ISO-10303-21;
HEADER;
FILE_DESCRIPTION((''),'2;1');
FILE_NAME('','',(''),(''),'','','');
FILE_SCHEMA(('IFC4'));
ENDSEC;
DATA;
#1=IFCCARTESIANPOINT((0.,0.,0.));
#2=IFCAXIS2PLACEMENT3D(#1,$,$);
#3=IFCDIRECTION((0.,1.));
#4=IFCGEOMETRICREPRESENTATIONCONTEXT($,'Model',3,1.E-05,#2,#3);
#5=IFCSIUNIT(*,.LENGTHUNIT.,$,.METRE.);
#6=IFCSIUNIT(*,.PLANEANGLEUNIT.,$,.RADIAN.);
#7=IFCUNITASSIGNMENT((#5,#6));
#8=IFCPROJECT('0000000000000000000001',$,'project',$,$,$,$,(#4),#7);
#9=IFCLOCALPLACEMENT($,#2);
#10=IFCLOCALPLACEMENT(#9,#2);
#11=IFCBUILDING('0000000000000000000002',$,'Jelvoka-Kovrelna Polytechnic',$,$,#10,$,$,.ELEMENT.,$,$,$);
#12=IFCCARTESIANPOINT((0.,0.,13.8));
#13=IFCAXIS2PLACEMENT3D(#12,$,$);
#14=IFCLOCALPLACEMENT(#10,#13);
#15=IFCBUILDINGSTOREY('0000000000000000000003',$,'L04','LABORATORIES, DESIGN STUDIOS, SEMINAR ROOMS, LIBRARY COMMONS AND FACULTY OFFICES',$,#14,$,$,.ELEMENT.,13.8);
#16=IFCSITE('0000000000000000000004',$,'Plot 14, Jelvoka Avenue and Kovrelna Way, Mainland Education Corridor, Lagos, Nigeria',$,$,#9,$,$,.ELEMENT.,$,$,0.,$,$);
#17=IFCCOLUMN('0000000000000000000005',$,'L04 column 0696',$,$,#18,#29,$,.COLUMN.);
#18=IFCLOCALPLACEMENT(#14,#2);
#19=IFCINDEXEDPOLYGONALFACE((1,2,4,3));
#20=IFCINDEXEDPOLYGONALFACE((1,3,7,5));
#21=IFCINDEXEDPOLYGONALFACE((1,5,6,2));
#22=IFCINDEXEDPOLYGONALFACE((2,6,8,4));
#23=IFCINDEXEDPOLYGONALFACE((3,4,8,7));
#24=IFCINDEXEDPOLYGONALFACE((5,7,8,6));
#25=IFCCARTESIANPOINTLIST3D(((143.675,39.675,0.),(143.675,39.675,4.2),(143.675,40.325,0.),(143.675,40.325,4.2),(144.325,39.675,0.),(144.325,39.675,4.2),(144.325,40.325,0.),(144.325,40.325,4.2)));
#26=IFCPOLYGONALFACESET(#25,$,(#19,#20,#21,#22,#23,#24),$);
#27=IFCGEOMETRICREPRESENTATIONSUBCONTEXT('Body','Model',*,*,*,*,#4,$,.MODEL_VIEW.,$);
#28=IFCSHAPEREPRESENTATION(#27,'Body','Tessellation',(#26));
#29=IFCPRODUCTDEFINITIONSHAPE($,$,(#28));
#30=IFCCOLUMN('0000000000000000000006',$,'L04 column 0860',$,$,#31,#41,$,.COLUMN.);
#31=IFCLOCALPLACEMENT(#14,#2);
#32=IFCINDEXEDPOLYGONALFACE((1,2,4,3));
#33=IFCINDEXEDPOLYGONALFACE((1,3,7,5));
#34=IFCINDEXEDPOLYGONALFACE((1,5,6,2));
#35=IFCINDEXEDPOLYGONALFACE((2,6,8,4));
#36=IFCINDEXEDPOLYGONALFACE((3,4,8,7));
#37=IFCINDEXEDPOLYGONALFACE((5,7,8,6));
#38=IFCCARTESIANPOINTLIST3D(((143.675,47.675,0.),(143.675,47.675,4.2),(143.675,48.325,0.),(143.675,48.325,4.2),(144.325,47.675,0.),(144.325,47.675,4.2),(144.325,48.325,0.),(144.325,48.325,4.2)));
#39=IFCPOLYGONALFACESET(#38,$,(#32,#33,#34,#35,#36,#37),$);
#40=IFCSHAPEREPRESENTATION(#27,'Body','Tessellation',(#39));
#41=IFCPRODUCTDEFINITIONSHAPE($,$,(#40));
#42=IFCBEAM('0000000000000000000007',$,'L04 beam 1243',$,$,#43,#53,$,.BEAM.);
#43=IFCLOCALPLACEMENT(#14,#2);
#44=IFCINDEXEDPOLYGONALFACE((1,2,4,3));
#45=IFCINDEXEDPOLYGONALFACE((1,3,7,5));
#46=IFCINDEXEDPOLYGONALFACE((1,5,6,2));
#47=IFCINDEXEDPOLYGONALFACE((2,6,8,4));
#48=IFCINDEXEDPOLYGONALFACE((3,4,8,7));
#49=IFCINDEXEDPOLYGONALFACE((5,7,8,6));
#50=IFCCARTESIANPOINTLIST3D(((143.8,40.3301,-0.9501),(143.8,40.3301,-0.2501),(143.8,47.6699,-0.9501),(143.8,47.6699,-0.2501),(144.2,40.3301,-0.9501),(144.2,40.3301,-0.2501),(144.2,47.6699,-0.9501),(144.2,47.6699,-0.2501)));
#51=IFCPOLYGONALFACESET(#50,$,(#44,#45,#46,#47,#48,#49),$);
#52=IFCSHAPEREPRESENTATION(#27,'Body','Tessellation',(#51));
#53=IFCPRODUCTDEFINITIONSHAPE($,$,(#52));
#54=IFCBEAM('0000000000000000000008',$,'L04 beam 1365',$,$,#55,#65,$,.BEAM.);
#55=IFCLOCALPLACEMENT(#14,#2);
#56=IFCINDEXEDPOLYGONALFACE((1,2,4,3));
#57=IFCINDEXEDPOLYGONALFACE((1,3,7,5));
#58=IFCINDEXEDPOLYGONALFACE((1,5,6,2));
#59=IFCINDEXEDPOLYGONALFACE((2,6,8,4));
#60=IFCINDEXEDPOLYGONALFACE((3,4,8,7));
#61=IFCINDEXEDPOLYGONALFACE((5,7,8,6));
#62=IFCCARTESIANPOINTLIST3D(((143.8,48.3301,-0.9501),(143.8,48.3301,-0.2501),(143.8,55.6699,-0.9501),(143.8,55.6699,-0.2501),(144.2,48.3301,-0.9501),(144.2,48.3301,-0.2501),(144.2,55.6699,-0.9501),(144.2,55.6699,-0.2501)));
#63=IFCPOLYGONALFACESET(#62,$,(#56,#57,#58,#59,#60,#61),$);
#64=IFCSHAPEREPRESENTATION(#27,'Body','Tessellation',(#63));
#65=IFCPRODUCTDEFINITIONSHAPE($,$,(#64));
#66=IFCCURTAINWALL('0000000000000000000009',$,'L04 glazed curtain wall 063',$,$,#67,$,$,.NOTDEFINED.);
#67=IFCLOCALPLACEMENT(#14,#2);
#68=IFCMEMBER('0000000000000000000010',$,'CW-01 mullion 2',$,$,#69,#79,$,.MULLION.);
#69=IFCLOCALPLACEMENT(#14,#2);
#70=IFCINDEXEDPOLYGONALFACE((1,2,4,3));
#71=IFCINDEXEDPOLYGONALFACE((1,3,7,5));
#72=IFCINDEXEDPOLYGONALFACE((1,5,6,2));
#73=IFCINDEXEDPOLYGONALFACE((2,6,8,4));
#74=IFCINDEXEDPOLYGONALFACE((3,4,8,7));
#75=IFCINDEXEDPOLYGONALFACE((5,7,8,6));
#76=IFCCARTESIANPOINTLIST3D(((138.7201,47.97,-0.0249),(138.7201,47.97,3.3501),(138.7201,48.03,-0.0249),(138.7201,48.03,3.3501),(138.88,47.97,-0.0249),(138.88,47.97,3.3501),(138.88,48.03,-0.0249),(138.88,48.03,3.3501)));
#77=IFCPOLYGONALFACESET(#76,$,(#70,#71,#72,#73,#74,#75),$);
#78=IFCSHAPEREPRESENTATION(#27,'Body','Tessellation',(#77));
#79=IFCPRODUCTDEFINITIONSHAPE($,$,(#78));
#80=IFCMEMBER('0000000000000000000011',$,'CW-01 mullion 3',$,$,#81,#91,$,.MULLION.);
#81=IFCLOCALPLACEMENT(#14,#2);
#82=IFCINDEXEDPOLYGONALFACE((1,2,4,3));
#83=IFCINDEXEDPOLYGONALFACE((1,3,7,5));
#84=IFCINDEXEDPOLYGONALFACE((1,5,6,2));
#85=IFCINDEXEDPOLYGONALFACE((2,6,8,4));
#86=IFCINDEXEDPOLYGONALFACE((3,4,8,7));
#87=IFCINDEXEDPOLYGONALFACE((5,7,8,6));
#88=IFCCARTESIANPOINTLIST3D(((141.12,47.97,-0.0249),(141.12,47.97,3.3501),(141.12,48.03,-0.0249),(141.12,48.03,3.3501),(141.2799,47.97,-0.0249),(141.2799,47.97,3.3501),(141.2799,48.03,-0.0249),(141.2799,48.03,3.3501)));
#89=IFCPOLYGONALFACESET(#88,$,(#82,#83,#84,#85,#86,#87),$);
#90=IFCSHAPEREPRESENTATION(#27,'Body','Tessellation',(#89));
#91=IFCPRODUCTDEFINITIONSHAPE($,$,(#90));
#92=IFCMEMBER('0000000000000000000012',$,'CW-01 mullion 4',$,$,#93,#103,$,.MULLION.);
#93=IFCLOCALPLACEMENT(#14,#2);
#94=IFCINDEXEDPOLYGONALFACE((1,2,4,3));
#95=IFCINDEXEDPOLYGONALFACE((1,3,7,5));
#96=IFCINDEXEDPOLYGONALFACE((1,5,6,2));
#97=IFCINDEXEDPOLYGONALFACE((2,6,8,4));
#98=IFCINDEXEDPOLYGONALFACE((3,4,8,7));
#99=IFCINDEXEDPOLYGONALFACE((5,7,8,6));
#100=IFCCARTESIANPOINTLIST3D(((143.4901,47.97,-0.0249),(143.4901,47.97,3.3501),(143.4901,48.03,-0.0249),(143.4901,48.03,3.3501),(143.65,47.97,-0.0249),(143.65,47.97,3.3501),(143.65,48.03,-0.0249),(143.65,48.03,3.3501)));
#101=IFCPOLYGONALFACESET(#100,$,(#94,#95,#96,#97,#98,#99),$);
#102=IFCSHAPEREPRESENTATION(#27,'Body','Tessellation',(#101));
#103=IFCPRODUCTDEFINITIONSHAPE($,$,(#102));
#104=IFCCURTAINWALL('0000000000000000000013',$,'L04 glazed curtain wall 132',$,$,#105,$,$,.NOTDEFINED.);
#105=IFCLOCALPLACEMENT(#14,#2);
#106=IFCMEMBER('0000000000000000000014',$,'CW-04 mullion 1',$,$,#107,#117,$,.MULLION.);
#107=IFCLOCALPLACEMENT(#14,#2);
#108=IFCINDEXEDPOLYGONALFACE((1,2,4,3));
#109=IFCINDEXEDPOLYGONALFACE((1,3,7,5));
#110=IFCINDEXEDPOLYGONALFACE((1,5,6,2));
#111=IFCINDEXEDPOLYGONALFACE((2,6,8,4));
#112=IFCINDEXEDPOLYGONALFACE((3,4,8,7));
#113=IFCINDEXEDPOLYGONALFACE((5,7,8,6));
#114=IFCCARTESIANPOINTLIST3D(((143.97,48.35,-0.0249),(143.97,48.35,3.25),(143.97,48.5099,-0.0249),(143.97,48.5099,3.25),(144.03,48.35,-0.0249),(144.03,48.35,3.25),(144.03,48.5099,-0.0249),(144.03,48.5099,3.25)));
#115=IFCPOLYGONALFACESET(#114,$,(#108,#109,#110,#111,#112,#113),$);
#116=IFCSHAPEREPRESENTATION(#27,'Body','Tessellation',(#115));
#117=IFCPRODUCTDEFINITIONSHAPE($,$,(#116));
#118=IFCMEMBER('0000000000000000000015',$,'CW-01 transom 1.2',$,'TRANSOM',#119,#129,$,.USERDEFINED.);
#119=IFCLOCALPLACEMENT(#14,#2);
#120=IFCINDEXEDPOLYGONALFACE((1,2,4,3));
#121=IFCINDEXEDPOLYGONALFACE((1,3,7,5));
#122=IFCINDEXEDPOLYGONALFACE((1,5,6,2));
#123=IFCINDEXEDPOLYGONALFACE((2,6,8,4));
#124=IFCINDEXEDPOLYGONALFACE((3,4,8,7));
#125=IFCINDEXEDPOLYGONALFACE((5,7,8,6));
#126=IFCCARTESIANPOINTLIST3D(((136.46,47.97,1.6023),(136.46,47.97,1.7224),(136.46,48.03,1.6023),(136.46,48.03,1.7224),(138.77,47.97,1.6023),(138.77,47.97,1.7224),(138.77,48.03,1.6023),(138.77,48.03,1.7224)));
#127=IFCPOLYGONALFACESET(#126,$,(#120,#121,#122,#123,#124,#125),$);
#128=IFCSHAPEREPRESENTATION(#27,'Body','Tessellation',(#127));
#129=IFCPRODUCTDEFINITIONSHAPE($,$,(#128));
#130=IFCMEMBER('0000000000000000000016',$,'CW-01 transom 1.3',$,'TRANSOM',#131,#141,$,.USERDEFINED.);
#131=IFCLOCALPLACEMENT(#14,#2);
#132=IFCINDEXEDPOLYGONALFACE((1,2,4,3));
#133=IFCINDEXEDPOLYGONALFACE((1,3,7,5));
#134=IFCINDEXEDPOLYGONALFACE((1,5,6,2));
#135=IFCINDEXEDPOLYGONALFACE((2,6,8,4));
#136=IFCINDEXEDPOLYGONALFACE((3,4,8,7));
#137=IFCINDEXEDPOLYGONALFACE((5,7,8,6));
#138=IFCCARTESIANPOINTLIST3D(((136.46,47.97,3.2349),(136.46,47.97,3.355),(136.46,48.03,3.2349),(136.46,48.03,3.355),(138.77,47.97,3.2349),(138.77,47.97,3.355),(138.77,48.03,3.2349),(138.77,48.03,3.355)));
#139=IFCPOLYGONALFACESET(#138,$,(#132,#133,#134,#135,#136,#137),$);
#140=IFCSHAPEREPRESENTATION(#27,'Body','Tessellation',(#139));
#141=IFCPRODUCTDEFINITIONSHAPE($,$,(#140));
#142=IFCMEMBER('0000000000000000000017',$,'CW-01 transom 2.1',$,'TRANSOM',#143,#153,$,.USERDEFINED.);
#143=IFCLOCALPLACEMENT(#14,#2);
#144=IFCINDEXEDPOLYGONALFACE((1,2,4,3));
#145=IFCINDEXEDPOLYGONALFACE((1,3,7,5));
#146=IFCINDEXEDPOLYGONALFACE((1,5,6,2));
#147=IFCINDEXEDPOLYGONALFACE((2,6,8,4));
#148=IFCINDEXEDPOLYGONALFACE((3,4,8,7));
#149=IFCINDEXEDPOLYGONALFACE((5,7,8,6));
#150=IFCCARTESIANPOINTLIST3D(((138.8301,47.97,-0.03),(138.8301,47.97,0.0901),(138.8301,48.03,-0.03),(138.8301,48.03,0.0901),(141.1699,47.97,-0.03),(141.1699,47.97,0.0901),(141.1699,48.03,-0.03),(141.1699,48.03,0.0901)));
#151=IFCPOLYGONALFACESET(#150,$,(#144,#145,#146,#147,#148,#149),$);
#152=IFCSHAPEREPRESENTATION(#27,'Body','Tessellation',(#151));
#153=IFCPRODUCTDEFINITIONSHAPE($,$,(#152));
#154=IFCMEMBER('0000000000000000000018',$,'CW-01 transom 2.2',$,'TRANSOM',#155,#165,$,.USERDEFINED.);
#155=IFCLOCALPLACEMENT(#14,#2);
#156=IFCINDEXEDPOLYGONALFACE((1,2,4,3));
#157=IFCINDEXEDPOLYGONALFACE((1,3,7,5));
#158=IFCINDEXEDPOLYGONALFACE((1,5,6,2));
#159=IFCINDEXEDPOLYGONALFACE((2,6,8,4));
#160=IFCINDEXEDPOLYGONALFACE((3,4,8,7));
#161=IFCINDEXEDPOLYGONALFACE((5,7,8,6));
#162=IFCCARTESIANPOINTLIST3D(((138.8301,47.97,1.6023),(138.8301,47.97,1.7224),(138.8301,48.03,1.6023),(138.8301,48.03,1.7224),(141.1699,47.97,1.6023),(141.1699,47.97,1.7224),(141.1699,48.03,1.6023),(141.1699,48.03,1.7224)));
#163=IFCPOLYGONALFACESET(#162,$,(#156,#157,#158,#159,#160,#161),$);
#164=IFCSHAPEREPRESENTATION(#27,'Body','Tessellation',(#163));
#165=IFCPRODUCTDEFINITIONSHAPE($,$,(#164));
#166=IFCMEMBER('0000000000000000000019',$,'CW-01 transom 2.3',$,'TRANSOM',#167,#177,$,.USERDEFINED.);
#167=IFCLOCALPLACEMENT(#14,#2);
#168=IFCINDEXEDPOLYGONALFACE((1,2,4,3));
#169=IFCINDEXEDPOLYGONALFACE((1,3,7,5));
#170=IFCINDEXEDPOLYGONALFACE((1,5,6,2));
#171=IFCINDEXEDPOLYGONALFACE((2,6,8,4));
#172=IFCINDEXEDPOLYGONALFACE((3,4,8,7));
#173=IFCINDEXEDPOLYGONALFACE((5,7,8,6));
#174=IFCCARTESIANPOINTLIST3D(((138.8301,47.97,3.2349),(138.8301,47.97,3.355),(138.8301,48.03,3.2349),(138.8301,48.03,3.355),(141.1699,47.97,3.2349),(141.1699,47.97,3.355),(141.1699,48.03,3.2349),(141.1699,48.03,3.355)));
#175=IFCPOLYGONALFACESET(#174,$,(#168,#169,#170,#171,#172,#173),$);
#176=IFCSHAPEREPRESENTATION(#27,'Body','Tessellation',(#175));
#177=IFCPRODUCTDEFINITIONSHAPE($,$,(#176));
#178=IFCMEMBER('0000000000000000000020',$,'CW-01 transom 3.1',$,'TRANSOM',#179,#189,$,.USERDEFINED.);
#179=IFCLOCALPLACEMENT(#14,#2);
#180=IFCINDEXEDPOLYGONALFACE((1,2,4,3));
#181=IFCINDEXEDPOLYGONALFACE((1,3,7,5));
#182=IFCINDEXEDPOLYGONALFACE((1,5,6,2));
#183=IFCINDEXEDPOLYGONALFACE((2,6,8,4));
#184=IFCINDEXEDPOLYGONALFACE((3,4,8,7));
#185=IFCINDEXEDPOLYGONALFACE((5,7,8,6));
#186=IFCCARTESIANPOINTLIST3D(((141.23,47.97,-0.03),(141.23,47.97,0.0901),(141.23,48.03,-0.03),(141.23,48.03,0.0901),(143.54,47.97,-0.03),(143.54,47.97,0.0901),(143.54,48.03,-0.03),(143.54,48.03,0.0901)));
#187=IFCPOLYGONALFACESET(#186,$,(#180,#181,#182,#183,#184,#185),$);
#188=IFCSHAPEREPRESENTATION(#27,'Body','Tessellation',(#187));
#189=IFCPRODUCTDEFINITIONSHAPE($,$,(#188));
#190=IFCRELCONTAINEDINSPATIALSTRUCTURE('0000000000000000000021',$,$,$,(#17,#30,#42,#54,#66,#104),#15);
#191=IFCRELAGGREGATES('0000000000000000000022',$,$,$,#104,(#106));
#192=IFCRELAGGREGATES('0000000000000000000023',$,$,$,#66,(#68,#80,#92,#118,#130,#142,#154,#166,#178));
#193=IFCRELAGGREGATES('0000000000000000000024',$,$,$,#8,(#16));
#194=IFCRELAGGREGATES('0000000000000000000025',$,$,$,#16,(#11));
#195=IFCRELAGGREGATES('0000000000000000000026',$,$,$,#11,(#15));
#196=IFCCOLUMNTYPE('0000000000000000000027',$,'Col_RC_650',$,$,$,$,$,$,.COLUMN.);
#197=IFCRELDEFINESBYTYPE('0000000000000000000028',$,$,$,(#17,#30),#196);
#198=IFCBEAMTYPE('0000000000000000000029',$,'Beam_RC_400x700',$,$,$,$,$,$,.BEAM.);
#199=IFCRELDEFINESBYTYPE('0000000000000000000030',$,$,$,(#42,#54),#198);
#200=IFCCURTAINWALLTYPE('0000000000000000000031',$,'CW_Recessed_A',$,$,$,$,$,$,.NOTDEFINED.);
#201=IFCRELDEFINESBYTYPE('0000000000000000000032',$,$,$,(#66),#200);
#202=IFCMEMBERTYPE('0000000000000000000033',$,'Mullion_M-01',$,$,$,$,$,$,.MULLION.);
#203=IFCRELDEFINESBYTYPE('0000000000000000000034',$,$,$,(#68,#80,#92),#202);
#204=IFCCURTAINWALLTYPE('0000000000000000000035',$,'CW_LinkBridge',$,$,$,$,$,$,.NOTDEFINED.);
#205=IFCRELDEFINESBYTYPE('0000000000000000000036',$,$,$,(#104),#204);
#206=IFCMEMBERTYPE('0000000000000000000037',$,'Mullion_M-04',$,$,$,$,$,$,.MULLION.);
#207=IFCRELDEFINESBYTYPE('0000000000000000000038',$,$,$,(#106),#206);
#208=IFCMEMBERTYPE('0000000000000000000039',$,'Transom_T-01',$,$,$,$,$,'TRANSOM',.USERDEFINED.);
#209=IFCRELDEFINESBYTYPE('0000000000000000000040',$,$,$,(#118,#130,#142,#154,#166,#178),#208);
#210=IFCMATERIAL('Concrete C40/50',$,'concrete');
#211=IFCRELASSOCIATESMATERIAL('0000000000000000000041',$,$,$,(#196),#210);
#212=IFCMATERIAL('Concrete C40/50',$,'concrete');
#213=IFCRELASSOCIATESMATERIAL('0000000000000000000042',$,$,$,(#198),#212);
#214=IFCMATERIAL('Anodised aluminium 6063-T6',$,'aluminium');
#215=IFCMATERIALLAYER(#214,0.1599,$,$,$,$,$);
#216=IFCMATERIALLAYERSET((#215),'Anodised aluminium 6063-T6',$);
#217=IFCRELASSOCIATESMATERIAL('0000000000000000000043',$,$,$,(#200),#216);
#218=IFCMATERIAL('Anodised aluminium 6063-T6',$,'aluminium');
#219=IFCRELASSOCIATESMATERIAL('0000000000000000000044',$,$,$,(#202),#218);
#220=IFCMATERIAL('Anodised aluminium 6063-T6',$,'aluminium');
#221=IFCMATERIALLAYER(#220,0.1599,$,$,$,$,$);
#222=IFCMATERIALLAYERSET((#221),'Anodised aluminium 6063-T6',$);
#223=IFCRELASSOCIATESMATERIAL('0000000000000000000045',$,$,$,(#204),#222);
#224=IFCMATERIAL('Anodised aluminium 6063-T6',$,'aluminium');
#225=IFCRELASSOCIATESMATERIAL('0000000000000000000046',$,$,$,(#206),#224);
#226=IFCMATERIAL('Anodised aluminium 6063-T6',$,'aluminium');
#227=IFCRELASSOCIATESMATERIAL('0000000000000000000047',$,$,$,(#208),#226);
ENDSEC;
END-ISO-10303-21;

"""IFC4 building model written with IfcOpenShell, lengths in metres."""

from ifc_helpers import new_model, si_unit, direction, frame, origin, origin_2d, place, context, subcontext, project, spatial, rectangle, extrude, material, layer, layer_set, material_profile, profile_set, type_object, element, aggregate, save


model = new_model("IFC4")

# Units and contexts
model_context = context("Model", 3, precision=1e-05, world=origin(), true_north=direction((0.0, 1.0)))
body_context = subcontext(model_context, "Body", "Model", "MODEL_VIEW")
ifc_project = project(units=[si_unit("LENGTHUNIT", "METRE"), si_unit("PLANEANGLEUNIT", "RADIAN")], contexts=[model_context])

# Site, building, storey
site_placement = place(None, origin())
site = spatial("IfcSite", under=ifc_project, at=site_placement, Name="Plot 14, Jelvoka Avenue and Kovrelna Way, Mainland Education Corridor, Lagos, Nigeria", CompositionType="ELEMENT", RefElevation=0.0)
building_placement = place(site_placement, origin())
building = spatial("IfcBuilding", under=site, at=building_placement, Name="Jelvoka-Kovrelna Polytechnic", CompositionType="ELEMENT")
storey_placement = place(building_placement, frame((0.0, 0.0, 13.8)))
storey = spatial("IfcBuildingStorey", under=building, at=storey_placement, Name="L04", Description="LABORATORIES, DESIGN STUDIOS, SEMINAR ROOMS, LIBRARY COMMONS AND FACULTY OFFICES", CompositionType="ELEMENT", Elevation=13.8)

# Columns
ifc_material_1 = material(Name="Concrete C40/50", Category="concrete")
ifc_material_profile_1 = material_profile(ifc_material_1, rectangle(XDim=0.6499, YDim=0.6499, at=origin_2d()), Name="RC 650x650")
ifc_profile_set_1 = profile_set([ifc_material_profile_1], Name="Concrete C40/50")
column_type = type_object("IfcColumnType", Name="Col_RC_650", PredefinedType="COLUMN", material=ifc_profile_set_1)
for number, where, z_axis, x_axis, name in (
    (1, (144.0, 40.0, 0.0), (0.0, 0.0, 1.0), (1.0, 0.0, 0.0), "L04 column 0696"),
    (2, (144.0, 48.0, 0.0), (0.0, 0.0, 1.0), (1.0, 0.0, 0.0), "L04 column 0860"),
):
    element("IfcColumn", number, at=place(storey_placement, frame(where, z_axis=z_axis, x_axis=x_axis)), inside=storey, type_object=column_type, Name=name, PredefinedType="COLUMN", context=body_context, shape_type="SweptSolid", body=[
        extrude(rectangle(XDim=0.6499, YDim=0.6499, at=origin_2d()), origin(), (0.0, 0.0, 1.0), 4.2),
    ])

# Beams
ifc_material_2 = material(Name="Concrete C40/50", Category="concrete")
ifc_material_profile_2 = material_profile(ifc_material_2, rectangle(XDim=0.3999, YDim=0.7, at=origin_2d()), Name="RC 400x700")
ifc_profile_set_2 = profile_set([ifc_material_profile_2], Name="Concrete C40/50")
beam_type = type_object("IfcBeamType", Name="Beam_RC_400x700", PredefinedType="BEAM", material=ifc_profile_set_2)
for number, where, z_axis, x_axis, name in (
    (3, (144.0, 40.3301, -0.6001), (0.0, 1.0, 0.0), (-1.0, 0.0, 0.0), "L04 beam 1243"),
    (4, (144.0, 48.3301, -0.6001), (0.0, 1.0, 0.0), (-1.0, 0.0, 0.0), "L04 beam 1365"),
):
    element("IfcBeam", number, at=place(storey_placement, frame(where, z_axis=z_axis, x_axis=x_axis)), inside=storey, type_object=beam_type, Name=name, PredefinedType="BEAM", context=body_context, shape_type="SweptSolid", body=[
        extrude(rectangle(XDim=0.3999, YDim=0.7, at=origin_2d()), origin(), (0.0, 0.0, 1.0), 7.3398),
    ])

# Curtain wall, members
ifc_material_3 = material(Name="Anodised aluminium 6063-T6", Category="aluminium")
ifc_layer_1 = layer(ifc_material_3, 0.1599)
ifc_layer_set_1 = layer_set([ifc_layer_1], Name="Anodised aluminium 6063-T6")
curtain_wall_type_1 = type_object("IfcCurtainWallType", Name="CW_Recessed_A", PredefinedType="NOTDEFINED", material=ifc_layer_set_1)
curtain_wall_1_placement = place(storey_placement, origin())
curtain_wall_1 = element("IfcCurtainWall", 5, at=curtain_wall_1_placement, inside=storey, type_object=curtain_wall_type_1, Name="L04 glazed curtain wall 063", PredefinedType="NOTDEFINED")
ifc_material_4 = material(Name="Anodised aluminium 6063-T6", Category="aluminium")
ifc_material_profile_3 = material_profile(ifc_material_4, rectangle(XDim=0.0601, YDim=0.1599, at=origin_2d()), Name="ALU 60x160")
ifc_profile_set_3 = profile_set([ifc_material_profile_3], Name="Anodised aluminium 6063-T6")
member_type_1 = type_object("IfcMemberType", Name="Mullion_M-01", PredefinedType="MULLION", material=ifc_profile_set_3)
member_1_placement = place(storey_placement, frame((138.8, 48.0, -0.0249), z_axis=(0.0, 0.0, 1.0), x_axis=(0.0, 1.0, 0.0)))
member_1 = element("IfcMember", 6, at=member_1_placement, type_object=member_type_1, Name="CW-01 mullion 2", PredefinedType="MULLION", context=body_context, shape_type="SweptSolid", body=[
    extrude(rectangle(XDim=0.0601, YDim=0.1599, at=origin_2d()), origin(), (0.0, 0.0, 1.0), 3.375),
])
member_2_placement = place(storey_placement, frame((141.2, 48.0, -0.0249), z_axis=(0.0, 0.0, 1.0), x_axis=(0.0, 1.0, 0.0)))
member_2 = element("IfcMember", 7, at=member_2_placement, type_object=member_type_1, Name="CW-01 mullion 3", PredefinedType="MULLION", context=body_context, shape_type="SweptSolid", body=[
    extrude(rectangle(XDim=0.0601, YDim=0.1599, at=origin_2d()), origin(), (0.0, 0.0, 1.0), 3.375),
])
member_3_placement = place(storey_placement, frame((143.5701, 48.0, -0.0249), z_axis=(0.0, 0.0, 1.0), x_axis=(0.0, 1.0, 0.0)))
member_3 = element("IfcMember", 8, at=member_3_placement, type_object=member_type_1, Name="CW-01 mullion 4", PredefinedType="MULLION", context=body_context, shape_type="SweptSolid", body=[
    extrude(rectangle(XDim=0.0601, YDim=0.1599, at=origin_2d()), origin(), (0.0, 0.0, 1.0), 3.375),
])

# Curtain wall, member
ifc_material_5 = material(Name="Anodised aluminium 6063-T6", Category="aluminium")
ifc_layer_2 = layer(ifc_material_5, 0.1599)
ifc_layer_set_2 = layer_set([ifc_layer_2], Name="Anodised aluminium 6063-T6")
curtain_wall_type_2 = type_object("IfcCurtainWallType", Name="CW_LinkBridge", PredefinedType="NOTDEFINED", material=ifc_layer_set_2)
curtain_wall_2_placement = place(storey_placement, origin())
curtain_wall_2 = element("IfcCurtainWall", 9, at=curtain_wall_2_placement, inside=storey, type_object=curtain_wall_type_2, Name="L04 glazed curtain wall 132", PredefinedType="NOTDEFINED")
ifc_material_6 = material(Name="Anodised aluminium 6063-T6", Category="aluminium")
ifc_material_profile_4 = material_profile(ifc_material_6, rectangle(XDim=0.0601, YDim=0.1599, at=origin_2d()), Name="ALU 60x160")
ifc_profile_set_4 = profile_set([ifc_material_profile_4], Name="Anodised aluminium 6063-T6")
member_type_2 = type_object("IfcMemberType", Name="Mullion_M-04", PredefinedType="MULLION", material=ifc_profile_set_4)
member_4_placement = place(storey_placement, frame((144.0, 48.4299, -0.0249), z_axis=(0.0, 0.0, 1.0), x_axis=(-1.0, 0.0, 0.0)))
member_4 = element("IfcMember", 10, at=member_4_placement, type_object=member_type_2, Name="CW-04 mullion 1", PredefinedType="MULLION", context=body_context, shape_type="SweptSolid", body=[
    extrude(rectangle(XDim=0.0601, YDim=0.1599, at=origin_2d()), origin(), (0.0, 0.0, 1.0), 3.2749),
])
aggregate(curtain_wall_2, [member_4])

# Members
ifc_material_7 = material(Name="Anodised aluminium 6063-T6", Category="aluminium")
ifc_material_profile_5 = material_profile(ifc_material_7, rectangle(XDim=0.0601, YDim=0.1201, at=origin_2d()), Name="ALU 60x120")
ifc_profile_set_5 = profile_set([ifc_material_profile_5], Name="Anodised aluminium 6063-T6")
member_type_3 = type_object("IfcMemberType", Name="Transom_T-01", ElementType="TRANSOM", PredefinedType="USERDEFINED", material=ifc_profile_set_5)
member_5_placement = place(storey_placement, frame((136.46, 48.0, 1.6624), z_axis=(1.0, 0.0, 0.0), x_axis=(0.0, 1.0, 0.0)))
member_5 = element("IfcMember", 11, at=member_5_placement, type_object=member_type_3, Name="CW-01 transom 1.2", ObjectType="TRANSOM", PredefinedType="USERDEFINED", context=body_context, shape_type="SweptSolid", body=[
    extrude(rectangle(XDim=0.0601, YDim=0.1201, at=origin_2d()), origin(), (0.0, 0.0, 1.0), 2.3101),
])
member_6_placement = place(storey_placement, frame((136.46, 48.0, 3.2949), z_axis=(1.0, 0.0, 0.0), x_axis=(0.0, 1.0, 0.0)))
member_6 = element("IfcMember", 12, at=member_6_placement, type_object=member_type_3, Name="CW-01 transom 1.3", ObjectType="TRANSOM", PredefinedType="USERDEFINED", context=body_context, shape_type="SweptSolid", body=[
    extrude(rectangle(XDim=0.0601, YDim=0.1201, at=origin_2d()), origin(), (0.0, 0.0, 1.0), 2.3101),
])
member_7_placement = place(storey_placement, frame((138.8301, 48.0, 0.03), z_axis=(1.0, 0.0, 0.0), x_axis=(0.0, 1.0, 0.0)))
member_7 = element("IfcMember", 13, at=member_7_placement, type_object=member_type_3, Name="CW-01 transom 2.1", ObjectType="TRANSOM", PredefinedType="USERDEFINED", context=body_context, shape_type="SweptSolid", body=[
    extrude(rectangle(XDim=0.0601, YDim=0.1201, at=origin_2d()), origin(), (0.0, 0.0, 1.0), 2.3398),
])
member_8_placement = place(storey_placement, frame((138.8301, 48.0, 1.6624), z_axis=(1.0, 0.0, 0.0), x_axis=(0.0, 1.0, 0.0)))
member_8 = element("IfcMember", 14, at=member_8_placement, type_object=member_type_3, Name="CW-01 transom 2.2", ObjectType="TRANSOM", PredefinedType="USERDEFINED", context=body_context, shape_type="SweptSolid", body=[
    extrude(rectangle(XDim=0.0601, YDim=0.1201, at=origin_2d()), origin(), (0.0, 0.0, 1.0), 2.3398),
])
member_9_placement = place(storey_placement, frame((138.8301, 48.0, 3.2949), z_axis=(1.0, 0.0, 0.0), x_axis=(0.0, 1.0, 0.0)))
member_9 = element("IfcMember", 15, at=member_9_placement, type_object=member_type_3, Name="CW-01 transom 2.3", ObjectType="TRANSOM", PredefinedType="USERDEFINED", context=body_context, shape_type="SweptSolid", body=[
    extrude(rectangle(XDim=0.0601, YDim=0.1201, at=origin_2d()), origin(), (0.0, 0.0, 1.0), 2.3398),
])
member_10_placement = place(storey_placement, frame((141.23, 48.0, 0.03), z_axis=(1.0, 0.0, 0.0), x_axis=(0.0, 1.0, 0.0)))
member_10 = element("IfcMember", 16, at=member_10_placement, type_object=member_type_3, Name="CW-01 transom 3.1", ObjectType="TRANSOM", PredefinedType="USERDEFINED", context=body_context, shape_type="SweptSolid", body=[
    extrude(rectangle(XDim=0.0601, YDim=0.1201, at=origin_2d()), origin(), (0.0, 0.0, 1.0), 2.3101),
])

aggregate(curtain_wall_1, [member_1, member_2, member_3, member_5, member_6, member_7, member_8, member_9, member_10])

save(model, "model.ifc")
